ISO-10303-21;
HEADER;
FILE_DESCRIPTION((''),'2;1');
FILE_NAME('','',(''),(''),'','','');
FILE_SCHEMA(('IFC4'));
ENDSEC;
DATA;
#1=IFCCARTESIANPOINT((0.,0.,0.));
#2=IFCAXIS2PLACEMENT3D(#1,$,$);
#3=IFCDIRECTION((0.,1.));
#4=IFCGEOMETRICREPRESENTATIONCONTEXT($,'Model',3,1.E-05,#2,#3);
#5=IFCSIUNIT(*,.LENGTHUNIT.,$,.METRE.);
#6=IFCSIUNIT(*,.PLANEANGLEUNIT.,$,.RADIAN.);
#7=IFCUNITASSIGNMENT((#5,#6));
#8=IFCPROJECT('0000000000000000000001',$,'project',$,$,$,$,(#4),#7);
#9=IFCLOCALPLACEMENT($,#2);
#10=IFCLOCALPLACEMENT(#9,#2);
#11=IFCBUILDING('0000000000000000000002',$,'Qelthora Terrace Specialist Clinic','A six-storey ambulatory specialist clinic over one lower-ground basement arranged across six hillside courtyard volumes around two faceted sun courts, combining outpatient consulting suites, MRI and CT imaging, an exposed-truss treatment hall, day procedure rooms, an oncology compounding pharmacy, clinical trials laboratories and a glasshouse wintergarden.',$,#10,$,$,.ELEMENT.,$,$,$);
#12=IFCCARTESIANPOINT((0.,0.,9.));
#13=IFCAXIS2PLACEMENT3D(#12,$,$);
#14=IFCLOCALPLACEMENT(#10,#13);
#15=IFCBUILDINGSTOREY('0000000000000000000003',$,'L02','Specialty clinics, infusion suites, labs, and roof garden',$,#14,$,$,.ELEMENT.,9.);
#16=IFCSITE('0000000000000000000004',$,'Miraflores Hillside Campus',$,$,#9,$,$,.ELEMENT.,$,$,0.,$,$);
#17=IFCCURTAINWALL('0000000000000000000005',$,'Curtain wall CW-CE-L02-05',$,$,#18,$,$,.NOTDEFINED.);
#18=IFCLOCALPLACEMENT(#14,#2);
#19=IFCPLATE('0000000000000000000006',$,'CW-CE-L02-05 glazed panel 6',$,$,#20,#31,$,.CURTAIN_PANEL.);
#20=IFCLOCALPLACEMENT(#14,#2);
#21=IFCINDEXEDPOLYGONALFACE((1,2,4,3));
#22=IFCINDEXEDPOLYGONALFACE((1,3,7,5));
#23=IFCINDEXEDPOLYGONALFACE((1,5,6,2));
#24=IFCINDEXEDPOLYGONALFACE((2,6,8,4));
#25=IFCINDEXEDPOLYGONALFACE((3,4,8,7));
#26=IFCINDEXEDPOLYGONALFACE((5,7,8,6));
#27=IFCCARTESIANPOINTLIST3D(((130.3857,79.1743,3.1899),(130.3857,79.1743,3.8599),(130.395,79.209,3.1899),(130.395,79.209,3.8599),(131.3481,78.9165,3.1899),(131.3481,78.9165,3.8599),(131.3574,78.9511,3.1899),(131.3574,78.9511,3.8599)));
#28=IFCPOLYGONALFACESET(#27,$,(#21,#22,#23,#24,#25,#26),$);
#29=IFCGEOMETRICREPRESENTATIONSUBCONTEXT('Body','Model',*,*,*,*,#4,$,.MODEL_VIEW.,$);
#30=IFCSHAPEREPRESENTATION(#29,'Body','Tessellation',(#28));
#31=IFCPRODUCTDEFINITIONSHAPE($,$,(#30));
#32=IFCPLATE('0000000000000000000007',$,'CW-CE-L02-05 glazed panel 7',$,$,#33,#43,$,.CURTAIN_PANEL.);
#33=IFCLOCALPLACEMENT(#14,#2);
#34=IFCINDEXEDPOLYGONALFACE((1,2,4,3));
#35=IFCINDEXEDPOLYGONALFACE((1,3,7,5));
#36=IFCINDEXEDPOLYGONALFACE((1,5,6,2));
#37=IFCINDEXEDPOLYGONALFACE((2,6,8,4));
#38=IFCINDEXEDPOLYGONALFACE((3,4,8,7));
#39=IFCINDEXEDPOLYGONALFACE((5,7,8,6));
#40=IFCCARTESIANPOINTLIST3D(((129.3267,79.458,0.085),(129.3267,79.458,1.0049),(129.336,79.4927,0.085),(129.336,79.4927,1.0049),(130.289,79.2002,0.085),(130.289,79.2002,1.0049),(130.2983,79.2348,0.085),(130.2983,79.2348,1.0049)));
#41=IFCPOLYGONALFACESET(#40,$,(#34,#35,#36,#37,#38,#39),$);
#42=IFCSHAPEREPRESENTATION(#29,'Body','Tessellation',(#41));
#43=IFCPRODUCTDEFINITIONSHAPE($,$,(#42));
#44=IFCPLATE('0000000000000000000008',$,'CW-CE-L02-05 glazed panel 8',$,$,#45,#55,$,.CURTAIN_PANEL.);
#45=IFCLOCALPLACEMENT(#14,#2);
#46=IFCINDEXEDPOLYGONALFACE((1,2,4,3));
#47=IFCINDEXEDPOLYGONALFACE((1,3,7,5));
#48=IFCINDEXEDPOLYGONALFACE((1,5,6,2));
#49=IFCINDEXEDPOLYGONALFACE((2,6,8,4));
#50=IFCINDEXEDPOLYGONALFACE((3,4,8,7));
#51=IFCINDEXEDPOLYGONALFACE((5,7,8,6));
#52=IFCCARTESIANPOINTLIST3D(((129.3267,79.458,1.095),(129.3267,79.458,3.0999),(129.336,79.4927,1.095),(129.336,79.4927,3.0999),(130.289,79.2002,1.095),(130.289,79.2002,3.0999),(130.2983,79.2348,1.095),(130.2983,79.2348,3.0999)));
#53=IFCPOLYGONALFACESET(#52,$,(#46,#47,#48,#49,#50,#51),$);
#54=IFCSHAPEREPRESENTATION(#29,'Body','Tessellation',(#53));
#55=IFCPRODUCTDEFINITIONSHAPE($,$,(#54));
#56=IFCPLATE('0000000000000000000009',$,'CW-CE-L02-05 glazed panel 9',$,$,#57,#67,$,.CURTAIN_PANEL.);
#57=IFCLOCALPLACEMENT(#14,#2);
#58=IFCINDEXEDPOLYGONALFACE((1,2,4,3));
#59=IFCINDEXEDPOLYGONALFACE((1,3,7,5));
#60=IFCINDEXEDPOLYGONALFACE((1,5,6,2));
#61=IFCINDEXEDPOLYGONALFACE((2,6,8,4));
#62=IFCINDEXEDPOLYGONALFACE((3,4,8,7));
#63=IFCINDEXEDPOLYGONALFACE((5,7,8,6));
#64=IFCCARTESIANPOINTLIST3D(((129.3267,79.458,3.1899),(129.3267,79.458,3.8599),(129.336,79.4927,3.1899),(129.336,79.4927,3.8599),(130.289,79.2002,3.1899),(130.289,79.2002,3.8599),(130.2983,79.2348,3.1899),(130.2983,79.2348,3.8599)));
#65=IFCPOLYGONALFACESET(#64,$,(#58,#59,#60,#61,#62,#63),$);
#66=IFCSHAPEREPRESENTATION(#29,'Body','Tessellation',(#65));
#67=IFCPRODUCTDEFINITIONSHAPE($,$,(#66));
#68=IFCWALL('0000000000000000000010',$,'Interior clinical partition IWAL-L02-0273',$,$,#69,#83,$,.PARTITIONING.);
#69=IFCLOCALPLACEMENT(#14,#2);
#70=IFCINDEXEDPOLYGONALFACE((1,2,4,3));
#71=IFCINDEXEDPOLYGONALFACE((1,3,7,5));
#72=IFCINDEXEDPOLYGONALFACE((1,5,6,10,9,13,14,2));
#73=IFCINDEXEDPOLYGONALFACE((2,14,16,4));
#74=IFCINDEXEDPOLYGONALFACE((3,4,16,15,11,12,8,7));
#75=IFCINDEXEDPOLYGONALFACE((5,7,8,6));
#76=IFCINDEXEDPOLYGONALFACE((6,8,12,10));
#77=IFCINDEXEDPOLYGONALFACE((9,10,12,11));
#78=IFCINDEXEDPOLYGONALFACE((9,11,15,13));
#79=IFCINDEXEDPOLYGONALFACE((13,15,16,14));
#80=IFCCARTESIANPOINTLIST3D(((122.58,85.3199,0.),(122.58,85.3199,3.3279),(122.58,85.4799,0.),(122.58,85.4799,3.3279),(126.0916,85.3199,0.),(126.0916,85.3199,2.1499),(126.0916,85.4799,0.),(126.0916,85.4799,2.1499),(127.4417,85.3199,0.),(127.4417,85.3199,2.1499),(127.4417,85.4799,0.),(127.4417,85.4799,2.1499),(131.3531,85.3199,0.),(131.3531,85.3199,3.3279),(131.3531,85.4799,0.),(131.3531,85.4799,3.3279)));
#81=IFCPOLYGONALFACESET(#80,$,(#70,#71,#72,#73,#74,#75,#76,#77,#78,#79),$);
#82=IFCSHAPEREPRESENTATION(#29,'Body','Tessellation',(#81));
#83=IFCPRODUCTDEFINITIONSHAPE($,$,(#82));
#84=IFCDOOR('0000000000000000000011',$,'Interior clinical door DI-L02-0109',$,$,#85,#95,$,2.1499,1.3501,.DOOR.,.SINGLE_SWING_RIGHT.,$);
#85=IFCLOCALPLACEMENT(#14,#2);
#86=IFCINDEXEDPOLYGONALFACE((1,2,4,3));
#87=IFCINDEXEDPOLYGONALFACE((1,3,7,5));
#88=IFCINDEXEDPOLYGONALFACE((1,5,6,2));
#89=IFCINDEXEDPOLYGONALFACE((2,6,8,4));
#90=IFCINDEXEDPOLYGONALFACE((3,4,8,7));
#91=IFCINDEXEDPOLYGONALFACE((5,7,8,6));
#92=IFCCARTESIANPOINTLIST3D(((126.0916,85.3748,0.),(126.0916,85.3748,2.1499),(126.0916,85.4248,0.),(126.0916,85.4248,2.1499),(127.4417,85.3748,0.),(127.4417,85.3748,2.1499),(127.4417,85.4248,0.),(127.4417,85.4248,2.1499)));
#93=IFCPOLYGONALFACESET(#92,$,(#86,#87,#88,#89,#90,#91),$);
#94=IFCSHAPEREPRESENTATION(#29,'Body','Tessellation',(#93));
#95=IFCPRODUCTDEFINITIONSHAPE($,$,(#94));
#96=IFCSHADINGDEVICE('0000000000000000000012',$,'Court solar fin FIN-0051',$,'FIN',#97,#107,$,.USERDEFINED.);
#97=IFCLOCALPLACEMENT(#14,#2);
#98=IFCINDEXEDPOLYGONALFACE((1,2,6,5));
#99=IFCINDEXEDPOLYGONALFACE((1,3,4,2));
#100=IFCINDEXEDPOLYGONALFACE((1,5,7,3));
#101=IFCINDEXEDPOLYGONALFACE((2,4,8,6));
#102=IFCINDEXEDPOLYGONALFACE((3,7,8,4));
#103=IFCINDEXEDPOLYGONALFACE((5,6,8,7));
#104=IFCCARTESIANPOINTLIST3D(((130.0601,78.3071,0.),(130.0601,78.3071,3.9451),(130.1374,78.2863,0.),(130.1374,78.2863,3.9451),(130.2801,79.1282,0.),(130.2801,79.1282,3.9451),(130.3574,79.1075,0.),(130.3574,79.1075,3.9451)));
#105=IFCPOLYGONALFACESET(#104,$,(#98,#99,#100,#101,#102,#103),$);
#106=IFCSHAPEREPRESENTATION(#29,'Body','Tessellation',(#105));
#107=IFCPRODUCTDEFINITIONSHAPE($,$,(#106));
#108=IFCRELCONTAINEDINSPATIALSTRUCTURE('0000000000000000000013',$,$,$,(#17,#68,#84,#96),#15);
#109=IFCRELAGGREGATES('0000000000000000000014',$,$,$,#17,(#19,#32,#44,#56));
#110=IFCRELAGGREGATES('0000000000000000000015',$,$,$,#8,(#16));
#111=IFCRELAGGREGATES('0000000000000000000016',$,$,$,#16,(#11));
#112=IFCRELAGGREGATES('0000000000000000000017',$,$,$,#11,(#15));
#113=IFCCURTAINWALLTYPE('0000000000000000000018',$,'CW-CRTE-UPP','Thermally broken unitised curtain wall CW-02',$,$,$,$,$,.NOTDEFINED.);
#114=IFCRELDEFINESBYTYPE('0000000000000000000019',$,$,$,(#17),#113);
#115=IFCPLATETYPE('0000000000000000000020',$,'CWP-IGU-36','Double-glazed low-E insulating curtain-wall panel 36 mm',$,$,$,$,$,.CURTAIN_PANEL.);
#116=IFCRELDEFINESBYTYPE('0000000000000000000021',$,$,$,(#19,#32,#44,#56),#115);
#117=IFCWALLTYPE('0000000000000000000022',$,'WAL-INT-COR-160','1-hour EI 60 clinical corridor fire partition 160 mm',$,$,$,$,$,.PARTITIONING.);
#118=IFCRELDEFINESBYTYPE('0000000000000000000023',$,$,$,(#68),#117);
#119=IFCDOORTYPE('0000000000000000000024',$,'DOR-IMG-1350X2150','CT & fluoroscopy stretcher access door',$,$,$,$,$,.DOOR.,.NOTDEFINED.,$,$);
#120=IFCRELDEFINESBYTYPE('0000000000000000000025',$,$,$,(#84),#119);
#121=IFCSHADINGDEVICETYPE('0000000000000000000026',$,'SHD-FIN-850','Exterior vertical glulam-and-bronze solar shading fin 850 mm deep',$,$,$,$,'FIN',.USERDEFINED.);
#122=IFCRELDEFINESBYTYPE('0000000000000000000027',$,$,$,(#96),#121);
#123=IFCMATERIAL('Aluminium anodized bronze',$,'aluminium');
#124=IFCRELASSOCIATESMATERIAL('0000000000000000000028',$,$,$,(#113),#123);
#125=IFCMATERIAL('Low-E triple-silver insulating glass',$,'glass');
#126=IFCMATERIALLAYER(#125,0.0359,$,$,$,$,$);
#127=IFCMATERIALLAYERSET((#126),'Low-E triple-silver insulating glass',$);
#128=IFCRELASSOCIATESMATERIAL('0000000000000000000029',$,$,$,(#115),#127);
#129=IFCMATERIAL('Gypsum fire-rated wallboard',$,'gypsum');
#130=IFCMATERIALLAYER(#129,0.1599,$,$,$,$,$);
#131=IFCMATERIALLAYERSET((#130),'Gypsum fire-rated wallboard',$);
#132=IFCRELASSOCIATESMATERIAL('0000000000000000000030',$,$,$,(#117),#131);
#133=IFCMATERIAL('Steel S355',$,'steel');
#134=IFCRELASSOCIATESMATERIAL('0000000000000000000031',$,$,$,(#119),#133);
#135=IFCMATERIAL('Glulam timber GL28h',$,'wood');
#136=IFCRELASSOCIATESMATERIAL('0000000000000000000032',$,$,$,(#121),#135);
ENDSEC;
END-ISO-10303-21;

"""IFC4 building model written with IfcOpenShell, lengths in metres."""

from ifc_helpers import new_model, si_unit, direction, frame, frame_2d, origin, origin_2d, place, context, subcontext, project, spatial, rectangle, extrude, material, layer, layer_set, type_object, element, fill, aggregate, save


model = new_model("IFC4")

# Units and contexts
model_context = context("Model", 3, precision=1e-05, world=origin(), true_north=direction((0.0, 1.0)))
body_context = subcontext(model_context, "Body", "Model", "MODEL_VIEW")
ifc_project = project(units=[si_unit("LENGTHUNIT", "METRE"), si_unit("PLANEANGLEUNIT", "RADIAN")], contexts=[model_context])

# Site, building, storey
site_placement = place(None, origin())
site = spatial("IfcSite", under=ifc_project, at=site_placement, Name="Miraflores Hillside Campus", CompositionType="ELEMENT", RefElevation=0.0)
building_placement = place(site_placement, origin())
building = spatial("IfcBuilding", under=site, at=building_placement, Name="Qelthora Terrace Specialist Clinic", Description="A six-storey ambulatory specialist clinic over one lower-ground basement arranged across six hillside courtyard volumes around two faceted sun courts, combining outpatient consulting suites, MRI and CT imaging, an exposed-truss treatment hall, day procedure rooms, an oncology compounding pharmacy, clinical trials laboratories and a glasshouse wintergarden.", CompositionType="ELEMENT")
storey_placement = place(building_placement, frame((0.0, 0.0, 9.0)))
storey = spatial("IfcBuildingStorey", under=building, at=storey_placement, Name="L02", Description="Specialty clinics, infusion suites, labs, and roof garden", CompositionType="ELEMENT", Elevation=9.0)

# Shared definitions
ifc_material_1 = material(Name="Steel S355", Category="steel")

# Curtain wall
ifc_material_2 = material(Name="Aluminium anodized bronze", Category="aluminium")
curtain_wall_type = type_object("IfcCurtainWallType", Name="CW-CRTE-UPP", Description="Thermally broken unitised curtain wall CW-02", PredefinedType="NOTDEFINED", material=ifc_material_2)
curtain_wall_placement = place(storey_placement, origin())
curtain_wall = element("IfcCurtainWall", 1, at=curtain_wall_placement, inside=storey, type_object=curtain_wall_type, Name="Curtain wall CW-CE-L02-05", PredefinedType="NOTDEFINED")

# Plates
ifc_material_3 = material(Name="Low-E triple-silver insulating glass", Category="glass")
ifc_layer_1 = layer(ifc_material_3, 0.0359)
ifc_layer_set_1 = layer_set([ifc_layer_1], Name="Low-E triple-silver insulating glass")
plate_type = type_object("IfcPlateType", Name="CWP-IGU-36", Description="Double-glazed low-E insulating curtain-wall panel 36 mm", PredefinedType="CURTAIN_PANEL", material=ifc_layer_set_1)
plate_1_placement = place(storey_placement, frame((130.8716, 79.0627, 3.1899), z_axis=(0.0, 0.0, 1.0), x_axis=(-0.965926, 0.258819, 0.0)))
plate_1 = element("IfcPlate", 2, at=plate_1_placement, type_object=plate_type, Name="CW-CE-L02-05 glazed panel 6", PredefinedType="CURTAIN_PANEL", context=body_context, shape_type="SweptSolid", body=[
    extrude(rectangle(XDim=0.9963, YDim=0.0359, at=origin_2d()), origin(), (0.0, 0.0, 1.0), 0.6699),
])
plate_2_placement = place(storey_placement, frame((129.8125, 79.3464, 0.085), z_axis=(0.0, 0.0, 1.0), x_axis=(-0.965926, 0.258819, 0.0)))
plate_2 = element("IfcPlate", 3, at=plate_2_placement, type_object=plate_type, Name="CW-CE-L02-05 glazed panel 7", PredefinedType="CURTAIN_PANEL", context=body_context, shape_type="SweptSolid", body=[
    extrude(rectangle(XDim=0.9963, YDim=0.0359, at=origin_2d()), origin(), (0.0, 0.0, 1.0), 0.9199),
])
plate_3_placement = place(storey_placement, frame((129.8125, 79.3464, 1.095), z_axis=(0.0, 0.0, 1.0), x_axis=(-0.965926, 0.258819, 0.0)))
plate_3 = element("IfcPlate", 4, at=plate_3_placement, type_object=plate_type, Name="CW-CE-L02-05 glazed panel 8", PredefinedType="CURTAIN_PANEL", context=body_context, shape_type="SweptSolid", body=[
    extrude(rectangle(XDim=0.9963, YDim=0.0359, at=origin_2d()), origin(), (0.0, 0.0, 1.0), 2.0049),
])
plate_4_placement = place(storey_placement, frame((129.8125, 79.3464, 3.1899), z_axis=(0.0, 0.0, 1.0), x_axis=(-0.965926, 0.258819, 0.0)))
plate_4 = element("IfcPlate", 5, at=plate_4_placement, type_object=plate_type, Name="CW-CE-L02-05 glazed panel 9", PredefinedType="CURTAIN_PANEL", context=body_context, shape_type="SweptSolid", body=[
    extrude(rectangle(XDim=0.9963, YDim=0.0359, at=origin_2d()), origin(), (0.0, 0.0, 1.0), 0.6699),
])
aggregate(curtain_wall, [plate_1, plate_2, plate_3, plate_4])

# Wall, opening, door
ifc_material_4 = material(Name="Gypsum fire-rated wallboard", Category="gypsum")
ifc_layer_2 = layer(ifc_material_4, 0.1599)
ifc_layer_set_2 = layer_set([ifc_layer_2], Name="Gypsum fire-rated wallboard")
wall_type = type_object("IfcWallType", Name="WAL-INT-COR-160", Description="1-hour EI 60 clinical corridor fire partition 160 mm", PredefinedType="PARTITIONING", material=ifc_layer_set_2)
wall_placement = place(storey_placement, frame((131.3533, 85.3999, 0.0), z_axis=(0.0, 0.0, 1.0), x_axis=(-1.0, 0.0, 0.0)))
wall = element("IfcWall", 6, at=wall_placement, inside=storey, type_object=wall_type, Name="Interior clinical partition IWAL-L02-0273", PredefinedType="PARTITIONING", context=body_context, shape_type="SweptSolid", body=[
    extrude(rectangle(XDim=8.7732, YDim=0.1599, at=frame_2d((4.3867, 0.0))), origin(), (0.0, 0.0, 1.0), 3.3279),
])
opening_placement = place(wall_placement, frame((3.9116, 0.0, 0.0)))
opening = element("IfcOpeningElement", 7, at=opening_placement, cuts=wall, PredefinedType="OPENING", context=body_context, shape_type="SweptSolid", body=[
    extrude(rectangle(XDim=1.3501, YDim=2.1499, at=frame_2d((0.675, 1.075))), frame((0.0, 0.0898, 0.0), z_axis=(0.0, -1.0, 0.0), x_axis=(1.0, 0.0, 0.0)), (0.0, 0.0, 1.0), 0.1799),
])
door_type = type_object("IfcDoorType", Name="DOR-IMG-1350X2150", Description="CT & fluoroscopy stretcher access door", OperationType="NOTDEFINED", PredefinedType="DOOR", material=ifc_material_1)
door_placement = place(opening_placement, frame((1.3501, 0.0, 0.0), z_axis=(0.0, 0.0, 1.0), x_axis=(-1.0, 0.0, 0.0)))
door = element("IfcDoor", 8, at=door_placement, inside=storey, type_object=door_type, Name="Interior clinical door DI-L02-0109", OperationType="SINGLE_SWING_RIGHT", OverallHeight=2.1499, OverallWidth=1.3501, PredefinedType="DOOR", context=body_context, shape_type="SweptSolid", body=[
    extrude(rectangle(XDim=1.3501, YDim=2.1499, at=frame_2d((0.675, 1.075))), frame((0.0, 0.0249, 0.0), z_axis=(0.0, -1.0, 0.0), x_axis=(1.0, 0.0, 0.0)), (0.0, 0.0, 1.0), 0.05),
])
fill(opening, door)

# Shading device
ifc_material_5 = material(Name="Glulam timber GL28h", Category="wood")
shading_device_type = type_object("IfcShadingDeviceType", Name="SHD-FIN-850", Description="Exterior vertical glulam-and-bronze solar shading fin 850 mm deep", ElementType="FIN", PredefinedType="USERDEFINED", material=ifc_material_5)
shading_device_placement = place(storey_placement, frame((130.2087, 78.7073, 0.0), z_axis=(0.0, 0.0, 1.0), x_axis=(-0.258819, -0.965926, 0.0)))
element("IfcShadingDevice", 9, at=shading_device_placement, inside=storey, type_object=shading_device_type, Name="Court solar fin FIN-0051", ObjectType="FIN", PredefinedType="USERDEFINED", context=body_context, shape_type="SweptSolid", body=[
    extrude(rectangle(XDim=0.8501, YDim=0.0801, at=origin_2d()), origin(), (0.0, 0.0, 1.0), 3.9451),
])

save(model, "model.ifc")
